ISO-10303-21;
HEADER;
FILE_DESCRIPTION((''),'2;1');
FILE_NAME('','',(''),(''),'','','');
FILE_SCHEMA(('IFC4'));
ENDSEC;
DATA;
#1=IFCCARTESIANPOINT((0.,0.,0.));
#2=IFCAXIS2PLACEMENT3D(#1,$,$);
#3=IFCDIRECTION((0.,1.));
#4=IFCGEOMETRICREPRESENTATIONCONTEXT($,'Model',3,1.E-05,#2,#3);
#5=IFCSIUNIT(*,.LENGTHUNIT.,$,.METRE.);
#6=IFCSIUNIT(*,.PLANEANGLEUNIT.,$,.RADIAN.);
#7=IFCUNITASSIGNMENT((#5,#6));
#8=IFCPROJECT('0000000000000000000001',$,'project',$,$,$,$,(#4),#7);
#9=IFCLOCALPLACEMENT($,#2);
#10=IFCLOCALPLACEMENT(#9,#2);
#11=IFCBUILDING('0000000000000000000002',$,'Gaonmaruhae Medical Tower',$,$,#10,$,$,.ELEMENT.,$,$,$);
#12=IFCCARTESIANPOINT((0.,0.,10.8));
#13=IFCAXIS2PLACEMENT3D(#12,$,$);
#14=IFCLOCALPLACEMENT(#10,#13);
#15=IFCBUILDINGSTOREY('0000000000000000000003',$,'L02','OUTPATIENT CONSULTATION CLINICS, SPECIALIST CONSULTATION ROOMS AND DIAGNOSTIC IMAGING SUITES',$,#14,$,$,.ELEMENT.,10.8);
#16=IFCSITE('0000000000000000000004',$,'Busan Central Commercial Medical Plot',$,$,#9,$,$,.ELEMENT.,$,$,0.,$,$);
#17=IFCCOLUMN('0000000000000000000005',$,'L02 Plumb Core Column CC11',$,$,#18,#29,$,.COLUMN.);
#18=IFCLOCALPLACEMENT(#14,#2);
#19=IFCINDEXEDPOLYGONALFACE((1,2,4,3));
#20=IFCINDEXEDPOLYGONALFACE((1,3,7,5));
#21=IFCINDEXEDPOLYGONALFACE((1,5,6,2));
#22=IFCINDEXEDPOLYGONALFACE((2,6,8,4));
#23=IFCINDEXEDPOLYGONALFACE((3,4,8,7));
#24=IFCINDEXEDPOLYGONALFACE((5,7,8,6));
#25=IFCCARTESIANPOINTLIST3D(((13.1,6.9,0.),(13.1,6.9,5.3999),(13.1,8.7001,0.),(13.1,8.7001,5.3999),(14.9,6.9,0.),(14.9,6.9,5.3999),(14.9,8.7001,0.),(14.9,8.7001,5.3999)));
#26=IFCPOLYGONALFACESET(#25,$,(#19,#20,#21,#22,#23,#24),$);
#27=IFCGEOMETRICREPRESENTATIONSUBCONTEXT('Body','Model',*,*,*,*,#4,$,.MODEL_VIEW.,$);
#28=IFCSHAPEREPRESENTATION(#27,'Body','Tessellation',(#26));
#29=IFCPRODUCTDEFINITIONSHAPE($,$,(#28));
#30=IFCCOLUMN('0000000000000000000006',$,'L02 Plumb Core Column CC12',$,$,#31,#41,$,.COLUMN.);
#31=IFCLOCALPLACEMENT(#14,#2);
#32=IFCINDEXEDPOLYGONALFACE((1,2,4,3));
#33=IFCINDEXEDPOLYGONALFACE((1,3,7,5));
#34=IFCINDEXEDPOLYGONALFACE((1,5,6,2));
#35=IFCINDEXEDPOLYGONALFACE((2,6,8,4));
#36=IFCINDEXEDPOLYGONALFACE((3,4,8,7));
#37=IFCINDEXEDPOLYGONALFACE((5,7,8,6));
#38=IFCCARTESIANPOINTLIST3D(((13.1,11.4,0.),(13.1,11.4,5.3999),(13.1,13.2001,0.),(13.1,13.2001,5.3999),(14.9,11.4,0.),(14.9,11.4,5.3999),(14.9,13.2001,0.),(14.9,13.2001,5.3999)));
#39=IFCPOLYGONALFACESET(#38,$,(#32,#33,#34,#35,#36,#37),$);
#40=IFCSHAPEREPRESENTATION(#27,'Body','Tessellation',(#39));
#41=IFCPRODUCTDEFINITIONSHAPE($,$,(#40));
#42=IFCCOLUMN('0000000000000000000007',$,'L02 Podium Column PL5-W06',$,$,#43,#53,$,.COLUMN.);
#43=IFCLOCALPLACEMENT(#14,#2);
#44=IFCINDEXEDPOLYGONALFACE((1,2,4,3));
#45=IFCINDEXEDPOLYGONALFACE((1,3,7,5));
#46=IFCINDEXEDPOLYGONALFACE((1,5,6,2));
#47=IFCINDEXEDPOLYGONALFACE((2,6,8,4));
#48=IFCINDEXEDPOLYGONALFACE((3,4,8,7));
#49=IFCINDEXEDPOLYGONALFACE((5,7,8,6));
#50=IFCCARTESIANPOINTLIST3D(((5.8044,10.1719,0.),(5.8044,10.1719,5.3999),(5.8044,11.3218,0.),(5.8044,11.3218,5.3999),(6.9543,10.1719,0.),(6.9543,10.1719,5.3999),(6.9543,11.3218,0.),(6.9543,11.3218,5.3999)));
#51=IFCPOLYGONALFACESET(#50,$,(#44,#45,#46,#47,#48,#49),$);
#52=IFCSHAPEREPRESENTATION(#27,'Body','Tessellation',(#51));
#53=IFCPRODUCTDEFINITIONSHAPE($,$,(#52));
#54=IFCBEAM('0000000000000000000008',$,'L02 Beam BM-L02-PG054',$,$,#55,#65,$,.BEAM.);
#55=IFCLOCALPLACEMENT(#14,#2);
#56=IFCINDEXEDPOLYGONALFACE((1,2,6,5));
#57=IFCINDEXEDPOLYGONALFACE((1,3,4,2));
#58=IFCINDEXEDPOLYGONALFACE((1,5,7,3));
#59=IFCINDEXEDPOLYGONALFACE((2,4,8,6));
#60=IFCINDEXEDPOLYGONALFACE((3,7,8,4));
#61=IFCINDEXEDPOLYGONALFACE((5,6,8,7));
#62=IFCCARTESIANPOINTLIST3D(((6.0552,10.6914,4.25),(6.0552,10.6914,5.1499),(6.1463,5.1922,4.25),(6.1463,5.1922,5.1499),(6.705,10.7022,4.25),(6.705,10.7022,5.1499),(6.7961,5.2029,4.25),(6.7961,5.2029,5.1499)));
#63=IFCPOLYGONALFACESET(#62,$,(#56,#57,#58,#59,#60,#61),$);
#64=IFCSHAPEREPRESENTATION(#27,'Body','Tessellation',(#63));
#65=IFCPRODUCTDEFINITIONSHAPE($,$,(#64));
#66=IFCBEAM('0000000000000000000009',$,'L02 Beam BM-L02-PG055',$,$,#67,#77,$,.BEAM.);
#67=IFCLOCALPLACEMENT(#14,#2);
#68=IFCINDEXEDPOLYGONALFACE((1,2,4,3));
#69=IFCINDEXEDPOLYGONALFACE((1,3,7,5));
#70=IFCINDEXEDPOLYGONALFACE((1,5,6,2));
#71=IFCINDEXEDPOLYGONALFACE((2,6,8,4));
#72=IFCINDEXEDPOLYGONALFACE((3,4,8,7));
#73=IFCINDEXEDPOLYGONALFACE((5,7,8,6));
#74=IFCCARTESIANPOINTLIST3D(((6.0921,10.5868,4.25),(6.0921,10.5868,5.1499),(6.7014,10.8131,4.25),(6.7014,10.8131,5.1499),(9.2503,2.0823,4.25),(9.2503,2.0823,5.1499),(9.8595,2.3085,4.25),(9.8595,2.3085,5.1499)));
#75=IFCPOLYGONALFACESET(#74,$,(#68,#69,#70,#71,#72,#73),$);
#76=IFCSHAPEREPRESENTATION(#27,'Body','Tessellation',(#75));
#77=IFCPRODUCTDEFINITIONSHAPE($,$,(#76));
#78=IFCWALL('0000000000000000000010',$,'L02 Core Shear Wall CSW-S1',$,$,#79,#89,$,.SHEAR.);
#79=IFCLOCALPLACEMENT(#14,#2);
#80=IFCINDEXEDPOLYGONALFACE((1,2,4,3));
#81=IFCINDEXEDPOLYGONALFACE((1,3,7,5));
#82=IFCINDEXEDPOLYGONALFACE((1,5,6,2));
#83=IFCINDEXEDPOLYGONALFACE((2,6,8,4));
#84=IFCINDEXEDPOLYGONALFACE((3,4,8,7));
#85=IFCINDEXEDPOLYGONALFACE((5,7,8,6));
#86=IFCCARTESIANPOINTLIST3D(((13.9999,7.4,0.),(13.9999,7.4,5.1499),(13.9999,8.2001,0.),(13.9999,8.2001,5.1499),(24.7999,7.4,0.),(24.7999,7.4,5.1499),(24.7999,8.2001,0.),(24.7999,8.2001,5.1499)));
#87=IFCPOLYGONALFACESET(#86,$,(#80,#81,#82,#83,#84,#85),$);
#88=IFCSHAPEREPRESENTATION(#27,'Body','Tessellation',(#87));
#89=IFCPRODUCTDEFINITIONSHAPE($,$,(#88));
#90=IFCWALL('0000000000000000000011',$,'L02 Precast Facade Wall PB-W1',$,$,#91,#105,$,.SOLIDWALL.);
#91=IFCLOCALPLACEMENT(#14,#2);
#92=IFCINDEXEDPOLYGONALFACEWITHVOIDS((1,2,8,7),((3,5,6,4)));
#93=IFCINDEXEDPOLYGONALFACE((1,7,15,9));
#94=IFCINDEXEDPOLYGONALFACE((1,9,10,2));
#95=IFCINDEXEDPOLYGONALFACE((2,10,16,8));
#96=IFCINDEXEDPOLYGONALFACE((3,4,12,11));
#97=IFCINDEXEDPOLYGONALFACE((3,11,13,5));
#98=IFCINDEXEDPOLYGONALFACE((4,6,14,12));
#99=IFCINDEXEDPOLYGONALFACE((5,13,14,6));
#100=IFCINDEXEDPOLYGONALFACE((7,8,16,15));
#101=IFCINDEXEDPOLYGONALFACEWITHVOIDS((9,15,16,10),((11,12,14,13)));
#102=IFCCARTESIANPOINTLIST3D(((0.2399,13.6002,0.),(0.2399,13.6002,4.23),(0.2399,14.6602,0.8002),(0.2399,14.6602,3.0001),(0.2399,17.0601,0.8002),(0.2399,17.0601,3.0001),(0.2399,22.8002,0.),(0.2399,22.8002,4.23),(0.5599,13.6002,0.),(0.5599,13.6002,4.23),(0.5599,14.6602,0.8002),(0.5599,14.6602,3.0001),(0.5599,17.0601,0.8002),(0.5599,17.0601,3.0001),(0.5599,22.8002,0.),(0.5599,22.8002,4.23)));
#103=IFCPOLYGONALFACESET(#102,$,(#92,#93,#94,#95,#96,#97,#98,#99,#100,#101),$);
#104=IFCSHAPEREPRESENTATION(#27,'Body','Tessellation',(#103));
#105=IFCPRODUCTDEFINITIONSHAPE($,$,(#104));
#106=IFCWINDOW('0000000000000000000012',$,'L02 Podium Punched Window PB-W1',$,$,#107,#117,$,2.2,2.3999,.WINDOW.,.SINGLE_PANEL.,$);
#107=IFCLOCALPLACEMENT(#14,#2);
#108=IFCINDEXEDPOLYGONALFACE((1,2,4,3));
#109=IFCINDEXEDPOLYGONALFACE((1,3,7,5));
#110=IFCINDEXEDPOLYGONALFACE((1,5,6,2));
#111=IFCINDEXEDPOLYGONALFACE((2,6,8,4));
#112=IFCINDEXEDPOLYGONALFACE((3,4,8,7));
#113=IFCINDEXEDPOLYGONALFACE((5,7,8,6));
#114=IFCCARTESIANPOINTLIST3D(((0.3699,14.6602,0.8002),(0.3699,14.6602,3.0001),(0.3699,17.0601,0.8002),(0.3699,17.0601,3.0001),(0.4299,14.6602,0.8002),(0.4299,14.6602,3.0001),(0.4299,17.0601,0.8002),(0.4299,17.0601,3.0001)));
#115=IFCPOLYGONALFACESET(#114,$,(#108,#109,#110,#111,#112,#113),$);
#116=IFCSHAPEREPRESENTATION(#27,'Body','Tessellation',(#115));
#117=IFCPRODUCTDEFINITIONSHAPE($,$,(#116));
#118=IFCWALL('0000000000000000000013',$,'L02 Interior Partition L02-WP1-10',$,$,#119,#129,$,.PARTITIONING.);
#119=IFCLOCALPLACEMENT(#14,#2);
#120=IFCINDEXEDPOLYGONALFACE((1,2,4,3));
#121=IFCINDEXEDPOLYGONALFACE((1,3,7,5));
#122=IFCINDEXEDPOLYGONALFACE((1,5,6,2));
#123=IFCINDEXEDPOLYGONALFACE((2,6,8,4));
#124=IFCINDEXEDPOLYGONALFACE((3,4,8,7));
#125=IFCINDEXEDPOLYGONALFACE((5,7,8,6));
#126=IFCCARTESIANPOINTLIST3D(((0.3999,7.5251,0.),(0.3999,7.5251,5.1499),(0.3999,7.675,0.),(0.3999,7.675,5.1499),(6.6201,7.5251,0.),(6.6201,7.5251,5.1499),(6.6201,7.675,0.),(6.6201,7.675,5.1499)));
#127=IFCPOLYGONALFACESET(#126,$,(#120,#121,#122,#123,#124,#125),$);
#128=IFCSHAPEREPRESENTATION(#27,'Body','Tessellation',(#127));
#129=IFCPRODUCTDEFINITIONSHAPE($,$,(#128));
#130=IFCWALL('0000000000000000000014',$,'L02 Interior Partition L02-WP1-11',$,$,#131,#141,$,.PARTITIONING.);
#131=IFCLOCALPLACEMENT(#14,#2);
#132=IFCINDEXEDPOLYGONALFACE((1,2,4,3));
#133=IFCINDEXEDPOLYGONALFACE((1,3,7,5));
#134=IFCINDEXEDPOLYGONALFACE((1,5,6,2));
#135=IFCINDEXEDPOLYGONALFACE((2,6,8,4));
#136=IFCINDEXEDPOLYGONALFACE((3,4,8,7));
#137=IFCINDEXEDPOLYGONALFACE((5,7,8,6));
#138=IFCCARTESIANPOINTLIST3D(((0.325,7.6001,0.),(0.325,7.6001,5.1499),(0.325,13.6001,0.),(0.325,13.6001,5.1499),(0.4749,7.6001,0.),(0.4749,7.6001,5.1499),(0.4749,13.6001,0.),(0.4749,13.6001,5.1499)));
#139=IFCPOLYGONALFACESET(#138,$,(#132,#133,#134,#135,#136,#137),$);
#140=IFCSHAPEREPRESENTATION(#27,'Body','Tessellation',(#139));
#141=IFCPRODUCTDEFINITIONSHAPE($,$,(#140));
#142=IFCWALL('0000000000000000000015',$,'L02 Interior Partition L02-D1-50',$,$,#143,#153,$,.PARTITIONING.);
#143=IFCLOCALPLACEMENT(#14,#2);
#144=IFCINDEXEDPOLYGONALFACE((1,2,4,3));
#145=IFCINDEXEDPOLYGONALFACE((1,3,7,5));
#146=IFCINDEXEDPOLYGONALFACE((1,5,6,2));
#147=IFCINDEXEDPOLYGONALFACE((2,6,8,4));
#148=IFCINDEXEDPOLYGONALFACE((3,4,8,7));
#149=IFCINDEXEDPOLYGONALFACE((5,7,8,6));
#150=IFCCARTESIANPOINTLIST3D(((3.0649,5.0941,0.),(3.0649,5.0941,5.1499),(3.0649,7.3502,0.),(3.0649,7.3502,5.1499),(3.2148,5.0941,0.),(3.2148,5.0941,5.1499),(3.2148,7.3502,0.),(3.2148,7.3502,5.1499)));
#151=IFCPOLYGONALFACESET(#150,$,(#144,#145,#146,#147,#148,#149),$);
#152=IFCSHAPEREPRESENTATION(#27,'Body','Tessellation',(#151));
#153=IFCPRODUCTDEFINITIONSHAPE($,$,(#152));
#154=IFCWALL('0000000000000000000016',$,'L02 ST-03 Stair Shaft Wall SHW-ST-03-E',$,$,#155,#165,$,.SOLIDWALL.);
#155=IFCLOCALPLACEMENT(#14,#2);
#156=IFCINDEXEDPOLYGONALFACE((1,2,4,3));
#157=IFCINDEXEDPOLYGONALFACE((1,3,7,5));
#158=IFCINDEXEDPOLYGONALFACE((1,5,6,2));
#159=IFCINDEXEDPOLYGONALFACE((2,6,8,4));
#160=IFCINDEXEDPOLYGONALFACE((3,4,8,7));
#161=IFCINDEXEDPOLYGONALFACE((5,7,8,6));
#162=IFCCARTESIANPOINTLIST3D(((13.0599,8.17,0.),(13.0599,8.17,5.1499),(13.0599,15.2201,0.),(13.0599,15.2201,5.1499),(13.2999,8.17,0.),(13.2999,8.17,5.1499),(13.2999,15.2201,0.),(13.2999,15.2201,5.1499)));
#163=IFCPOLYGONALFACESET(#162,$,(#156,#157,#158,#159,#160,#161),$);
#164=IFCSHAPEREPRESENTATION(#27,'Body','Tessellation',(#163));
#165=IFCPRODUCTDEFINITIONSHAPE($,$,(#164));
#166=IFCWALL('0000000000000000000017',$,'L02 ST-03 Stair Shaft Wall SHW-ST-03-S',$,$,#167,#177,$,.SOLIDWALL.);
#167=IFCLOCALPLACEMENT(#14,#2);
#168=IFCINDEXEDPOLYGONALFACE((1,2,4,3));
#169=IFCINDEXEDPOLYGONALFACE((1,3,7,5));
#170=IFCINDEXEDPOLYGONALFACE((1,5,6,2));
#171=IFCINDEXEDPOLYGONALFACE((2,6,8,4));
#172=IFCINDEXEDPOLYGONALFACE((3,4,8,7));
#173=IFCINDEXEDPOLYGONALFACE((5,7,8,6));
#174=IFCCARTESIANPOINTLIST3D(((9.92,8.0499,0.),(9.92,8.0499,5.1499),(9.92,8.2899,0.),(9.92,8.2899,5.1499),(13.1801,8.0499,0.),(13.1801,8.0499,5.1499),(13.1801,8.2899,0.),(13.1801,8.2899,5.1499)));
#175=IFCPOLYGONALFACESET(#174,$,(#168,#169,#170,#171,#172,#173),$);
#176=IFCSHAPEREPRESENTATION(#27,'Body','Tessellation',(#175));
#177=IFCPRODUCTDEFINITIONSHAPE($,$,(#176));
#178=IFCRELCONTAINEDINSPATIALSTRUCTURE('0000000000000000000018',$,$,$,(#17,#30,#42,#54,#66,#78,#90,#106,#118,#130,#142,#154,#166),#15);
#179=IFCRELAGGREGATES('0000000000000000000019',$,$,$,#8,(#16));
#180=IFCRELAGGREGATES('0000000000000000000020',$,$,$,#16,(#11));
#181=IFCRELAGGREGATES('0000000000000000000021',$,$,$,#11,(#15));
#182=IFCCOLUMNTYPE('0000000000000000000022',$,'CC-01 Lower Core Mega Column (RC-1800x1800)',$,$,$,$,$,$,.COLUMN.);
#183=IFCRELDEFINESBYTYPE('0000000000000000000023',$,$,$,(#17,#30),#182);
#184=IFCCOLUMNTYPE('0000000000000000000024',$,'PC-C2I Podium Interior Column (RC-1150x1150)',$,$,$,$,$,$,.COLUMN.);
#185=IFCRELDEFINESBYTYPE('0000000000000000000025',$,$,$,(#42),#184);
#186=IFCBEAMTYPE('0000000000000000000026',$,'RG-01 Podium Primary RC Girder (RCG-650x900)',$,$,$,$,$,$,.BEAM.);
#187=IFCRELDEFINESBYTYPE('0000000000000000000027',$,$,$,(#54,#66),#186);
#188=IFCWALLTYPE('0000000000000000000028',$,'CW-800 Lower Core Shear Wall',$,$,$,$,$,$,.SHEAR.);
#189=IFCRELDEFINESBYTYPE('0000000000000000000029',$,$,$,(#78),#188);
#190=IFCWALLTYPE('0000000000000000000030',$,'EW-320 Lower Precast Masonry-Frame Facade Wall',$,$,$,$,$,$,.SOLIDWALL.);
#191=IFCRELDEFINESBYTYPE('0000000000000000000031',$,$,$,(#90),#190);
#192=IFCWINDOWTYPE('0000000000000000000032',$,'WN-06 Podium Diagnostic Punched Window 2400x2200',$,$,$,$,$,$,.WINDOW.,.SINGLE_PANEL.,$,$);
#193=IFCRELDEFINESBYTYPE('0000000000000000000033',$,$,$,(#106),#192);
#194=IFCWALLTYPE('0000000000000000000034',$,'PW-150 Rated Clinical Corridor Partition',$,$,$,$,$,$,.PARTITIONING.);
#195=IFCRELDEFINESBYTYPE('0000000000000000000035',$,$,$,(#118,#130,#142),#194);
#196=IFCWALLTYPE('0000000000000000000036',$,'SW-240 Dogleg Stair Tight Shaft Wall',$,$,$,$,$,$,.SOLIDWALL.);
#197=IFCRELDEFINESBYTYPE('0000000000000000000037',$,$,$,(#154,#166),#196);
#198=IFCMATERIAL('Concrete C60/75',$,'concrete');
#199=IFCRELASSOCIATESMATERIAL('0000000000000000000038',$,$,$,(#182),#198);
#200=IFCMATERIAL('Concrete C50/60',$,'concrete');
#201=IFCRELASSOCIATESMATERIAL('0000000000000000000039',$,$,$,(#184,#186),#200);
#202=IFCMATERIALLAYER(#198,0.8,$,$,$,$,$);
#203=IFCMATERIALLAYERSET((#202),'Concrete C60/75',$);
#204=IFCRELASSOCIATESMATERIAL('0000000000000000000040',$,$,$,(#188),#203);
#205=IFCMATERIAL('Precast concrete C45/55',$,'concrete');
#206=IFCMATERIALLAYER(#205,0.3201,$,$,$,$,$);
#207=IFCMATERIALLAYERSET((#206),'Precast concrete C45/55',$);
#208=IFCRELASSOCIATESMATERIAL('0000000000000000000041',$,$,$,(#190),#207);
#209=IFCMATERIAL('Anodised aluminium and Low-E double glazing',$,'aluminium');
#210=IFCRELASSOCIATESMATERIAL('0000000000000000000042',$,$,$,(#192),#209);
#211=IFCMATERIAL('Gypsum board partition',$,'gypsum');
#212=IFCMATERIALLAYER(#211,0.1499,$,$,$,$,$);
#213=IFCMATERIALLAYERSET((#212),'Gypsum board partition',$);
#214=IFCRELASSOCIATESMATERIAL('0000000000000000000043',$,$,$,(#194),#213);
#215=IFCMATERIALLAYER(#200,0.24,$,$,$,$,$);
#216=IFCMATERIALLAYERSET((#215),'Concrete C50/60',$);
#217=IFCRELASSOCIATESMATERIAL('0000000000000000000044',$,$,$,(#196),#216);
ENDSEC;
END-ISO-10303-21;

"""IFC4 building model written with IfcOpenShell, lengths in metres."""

from ifc_helpers import new_model, si_unit, direction, frame, frame_2d, origin, origin_2d, place, context, subcontext, project, spatial, rectangle, extrude, material, layer, layer_set, material_profile, profile_set, type_object, element, fill, save


model = new_model("IFC4")

# Units and contexts
model_context = context("Model", 3, precision=1e-05, world=origin(), true_north=direction((0.0, 1.0)))
body_context = subcontext(model_context, "Body", "Model", "MODEL_VIEW")
ifc_project = project(units=[si_unit("LENGTHUNIT", "METRE"), si_unit("PLANEANGLEUNIT", "RADIAN")], contexts=[model_context])

# Site, building, storey
site_placement = place(None, origin())
site = spatial("IfcSite", under=ifc_project, at=site_placement, Name="Busan Central Commercial Medical Plot", CompositionType="ELEMENT", RefElevation=0.0)
building_placement = place(site_placement, origin())
building = spatial("IfcBuilding", under=site, at=building_placement, Name="Gaonmaruhae Medical Tower", CompositionType="ELEMENT")
storey_placement = place(building_placement, frame((0.0, 0.0, 10.8)))
storey = spatial("IfcBuildingStorey", under=building, at=storey_placement, Name="L02", Description="OUTPATIENT CONSULTATION CLINICS, SPECIALIST CONSULTATION ROOMS AND DIAGNOSTIC IMAGING SUITES", CompositionType="ELEMENT", Elevation=10.8)

# Columns
ifc_material_1 = material(Name="Concrete C60/75", Category="concrete")
ifc_material_profile_1 = material_profile(ifc_material_1, rectangle(XDim=1.8, YDim=1.8, at=origin_2d()), Name="RC-1800x1800")
ifc_profile_set_1 = profile_set([ifc_material_profile_1], Name="Concrete C60/75")
column_type_1 = type_object("IfcColumnType", Name="CC-01 Lower Core Mega Column (RC-1800x1800)", PredefinedType="COLUMN", material=ifc_profile_set_1)
for number, where, z_axis, x_axis, name in (
    (1, (14.0, 7.8, 0.0), (0.0, 0.0, 1.0), (1.0, 0.0, 0.0), "L02 Plumb Core Column CC11"),
    (2, (14.0, 12.3, 0.0), (0.0, 0.0, 1.0), (1.0, 0.0, 0.0), "L02 Plumb Core Column CC12"),
):
    element("IfcColumn", number, at=place(storey_placement, frame(where, z_axis=z_axis, x_axis=x_axis)), inside=storey, type_object=column_type_1, Name=name, PredefinedType="COLUMN", context=body_context, shape_type="SweptSolid", body=[
        extrude(rectangle(XDim=1.8, YDim=1.8, at=origin_2d()), origin(), (0.0, 0.0, 1.0), 5.3999),
    ])
ifc_material_2 = material(Name="Concrete C50/60", Category="concrete")
ifc_material_profile_2 = material_profile(ifc_material_2, rectangle(XDim=1.1499, YDim=1.1499, at=origin_2d()), Name="RC-1150x1150")
ifc_profile_set_2 = profile_set([ifc_material_profile_2], Name="Concrete C50/60")
column_type_2 = type_object("IfcColumnType", Name="PC-C2I Podium Interior Column (RC-1150x1150)", PredefinedType="COLUMN", material=ifc_profile_set_2)
column_placement = place(storey_placement, frame((6.3794, 10.7468, 0.0), z_axis=(0.0, 0.0, 1.0), x_axis=(1.0, 0.0, 0.0)))
element("IfcColumn", 3, at=column_placement, inside=storey, type_object=column_type_2, Name="L02 Podium Column PL5-W06", PredefinedType="COLUMN", context=body_context, shape_type="SweptSolid", body=[
    extrude(rectangle(XDim=1.1499, YDim=1.1499, at=origin_2d()), origin(), (0.0, 0.0, 1.0), 5.3999),
])

# Beams
ifc_material_profile_3 = material_profile(ifc_material_2, rectangle(XDim=0.6499, YDim=0.8999, at=origin_2d()), Name="RCG-650x900")
ifc_profile_set_3 = profile_set([ifc_material_profile_3], Name="Concrete C50/60")
beam_type = type_object("IfcBeamType", Name="RG-01 Podium Primary RC Girder (RCG-650x900)", PredefinedType="BEAM", material=ifc_profile_set_3)
beam_1_placement = place(storey_placement, frame((6.3801, 10.6968, 4.7), z_axis=(0.016557, -0.999863, 0.0), x_axis=(0.999863, 0.016557, 0.0)))
element("IfcBeam", 4, at=beam_1_placement, inside=storey, type_object=beam_type, Name="L02 Beam BM-L02-PG054", PredefinedType="BEAM", context=body_context, shape_type="SweptSolid", body=[
    extrude(rectangle(XDim=0.6499, YDim=0.8999, at=origin_2d()), origin(), (0.0, 0.0, 1.0), 5.5),
])
beam_2_placement = place(storey_placement, frame((6.3967, 10.7, 4.7), z_axis=(0.348122, -0.937449, 0.0), x_axis=(0.937449, 0.348122, 0.0)))
element("IfcBeam", 5, at=beam_2_placement, inside=storey, type_object=beam_type, Name="L02 Beam BM-L02-PG055", PredefinedType="BEAM", context=body_context, shape_type="SweptSolid", body=[
    extrude(rectangle(XDim=0.6499, YDim=0.8999, at=origin_2d()), origin(), (0.0, 0.0, 1.0), 9.072),
])

# Wall
ifc_layer_1 = layer(ifc_material_1, 0.8)
ifc_layer_set_1 = layer_set([ifc_layer_1], Name="Concrete C60/75")
wall_type_1 = type_object("IfcWallType", Name="CW-800 Lower Core Shear Wall", PredefinedType="SHEAR", material=ifc_layer_set_1)
wall_1_placement = place(storey_placement, frame((14.0, 7.8, 0.0), z_axis=(0.0, 0.0, 1.0), x_axis=(1.0, 0.0, 0.0)))
element("IfcWall", 6, at=wall_1_placement, inside=storey, type_object=wall_type_1, Name="L02 Core Shear Wall CSW-S1", PredefinedType="SHEAR", context=body_context, shape_type="SweptSolid", body=[
    extrude(rectangle(XDim=10.8, YDim=0.8, at=frame_2d((5.3999, 0.0))), origin(), (0.0, 0.0, 1.0), 5.1499),
])

# Wall, opening, window
ifc_material_3 = material(Name="Precast concrete C45/55", Category="concrete")
ifc_layer_2 = layer(ifc_material_3, 0.3201)
ifc_layer_set_2 = layer_set([ifc_layer_2], Name="Precast concrete C45/55")
wall_type_2 = type_object("IfcWallType", Name="EW-320 Lower Precast Masonry-Frame Facade Wall", PredefinedType="SOLIDWALL", material=ifc_layer_set_2)
wall_2_placement = place(storey_placement, frame((0.3999, 13.6001, 0.0), z_axis=(0.0, 0.0, 1.0), x_axis=(0.0, 1.0, 0.0)))
wall_2 = element("IfcWall", 7, at=wall_2_placement, inside=storey, type_object=wall_type_2, Name="L02 Precast Facade Wall PB-W1", PredefinedType="SOLIDWALL", context=body_context, shape_type="SweptSolid", body=[
    extrude(rectangle(XDim=9.2, YDim=0.3201, at=frame_2d((4.6001, 0.0))), origin(), (0.0, 0.0, 1.0), 4.23),
])
opening_1_placement = place(wall_2_placement, frame((1.0601, 0.0, 0.8)))
opening_1 = element("IfcOpeningElement", 8, at=opening_1_placement, cuts=wall_2, PredefinedType="OPENING", context=body_context, shape_type="SweptSolid", body=[
    extrude(rectangle(XDim=2.3999, YDim=2.2, at=frame_2d((1.2, 1.1001))), frame((0.0, 0.1699, 0.0), z_axis=(0.0, -1.0, 0.0), x_axis=(1.0, 0.0, 0.0)), (0.0, 0.0, 1.0), 0.3401),
])
ifc_material_4 = material(Name="Anodised aluminium and Low-E double glazing", Category="aluminium")
window_type = type_object("IfcWindowType", Name="WN-06 Podium Diagnostic Punched Window 2400x2200", PartitioningType="SINGLE_PANEL", PredefinedType="WINDOW", material=ifc_material_4)
window_placement = place(opening_1_placement, origin())
window = element("IfcWindow", 9, at=window_placement, inside=storey, type_object=window_type, Name="L02 Podium Punched Window PB-W1", OverallHeight=2.2, OverallWidth=2.3999, PartitioningType="SINGLE_PANEL", PredefinedType="WINDOW", context=body_context, shape_type="SweptSolid", body=[
    extrude(rectangle(XDim=2.3999, YDim=2.2, at=frame_2d((1.2, 1.1001))), frame((0.0, 0.03, 0.0), z_axis=(0.0, -1.0, 0.0), x_axis=(1.0, 0.0, 0.0)), (0.0, 0.0, 1.0), 0.0601),
])
fill(opening_1, window)

# Walls
ifc_material_5 = material(Name="Gypsum board partition", Category="gypsum")
ifc_layer_3 = layer(ifc_material_5, 0.1499)
ifc_layer_set_3 = layer_set([ifc_layer_3], Name="Gypsum board partition")
wall_type_3 = type_object("IfcWallType", Name="PW-150 Rated Clinical Corridor Partition", PredefinedType="PARTITIONING", material=ifc_layer_set_3)
wall_3_placement = place(storey_placement, frame((6.6201, 7.6001, 0.0), z_axis=(0.0, 0.0, 1.0), x_axis=(-1.0, 0.0, 0.0)))
element("IfcWall", 10, at=wall_3_placement, inside=storey, type_object=wall_type_3, Name="L02 Interior Partition L02-WP1-10", PredefinedType="PARTITIONING", context=body_context, shape_type="SweptSolid", body=[
    extrude(rectangle(XDim=6.2202, YDim=0.1499, at=frame_2d((3.1101, 0.0))), origin(), (0.0, 0.0, 1.0), 5.1499),
])
wall_4_placement = place(storey_placement, frame((0.3999, 7.6001, 0.0), z_axis=(0.0, 0.0, 1.0), x_axis=(0.0, 1.0, 0.0)))
element("IfcWall", 11, at=wall_4_placement, inside=storey, type_object=wall_type_3, Name="L02 Interior Partition L02-WP1-11", PredefinedType="PARTITIONING", context=body_context, shape_type="SweptSolid", body=[
    extrude(rectangle(XDim=6.0, YDim=0.1499, at=frame_2d((3.0, 0.0))), origin(), (0.0, 0.0, 1.0), 5.1499),
])
wall_5_placement = place(storey_placement, frame((3.1399, 7.3501, 0.0), z_axis=(0.0, 0.0, 1.0), x_axis=(0.0, -1.0, 0.0)))
element("IfcWall", 12, at=wall_5_placement, inside=storey, type_object=wall_type_3, Name="L02 Interior Partition L02-D1-50", PredefinedType="PARTITIONING", context=body_context, shape_type="SweptSolid", body=[
    extrude(rectangle(XDim=2.2561, YDim=0.1499, at=frame_2d((1.1279, 0.0))), origin(), (0.0, 0.0, 1.0), 5.1499),
])

# Shared definitions
ifc_layer_4 = layer(ifc_material_2, 0.24)
ifc_layer_set_4 = layer_set([ifc_layer_4], Name="Concrete C50/60")
wall_type_4 = type_object("IfcWallType", Name="SW-240 Dogleg Stair Tight Shaft Wall", PredefinedType="SOLIDWALL", material=ifc_layer_set_4)

# Walls
wall_6_placement = place(storey_placement, frame((13.1799, 15.22, 0.0), z_axis=(0.0, 0.0, 1.0), x_axis=(0.0, -1.0, 0.0)))
element("IfcWall", 13, at=wall_6_placement, inside=storey, type_object=wall_type_4, Name="L02 ST-03 Stair Shaft Wall SHW-ST-03-E", PredefinedType="SOLIDWALL", context=body_context, shape_type="SweptSolid", body=[
    extrude(rectangle(XDim=7.05, YDim=0.24, at=frame_2d((3.5249, 0.0))), origin(), (0.0, 0.0, 1.0), 5.1499),
])
wall_7_placement = place(storey_placement, frame((13.1799, 8.1699, 0.0), z_axis=(0.0, 0.0, 1.0), x_axis=(-1.0, 0.0, 0.0)))
element("IfcWall", 14, at=wall_7_placement, inside=storey, type_object=wall_type_4, Name="L02 ST-03 Stair Shaft Wall SHW-ST-03-S", PredefinedType="SOLIDWALL", context=body_context, shape_type="SweptSolid", body=[
    extrude(rectangle(XDim=3.26, YDim=0.24, at=frame_2d((1.6299, 0.0))), origin(), (0.0, 0.0, 1.0), 5.1499),
])

save(model, "model.ifc")
